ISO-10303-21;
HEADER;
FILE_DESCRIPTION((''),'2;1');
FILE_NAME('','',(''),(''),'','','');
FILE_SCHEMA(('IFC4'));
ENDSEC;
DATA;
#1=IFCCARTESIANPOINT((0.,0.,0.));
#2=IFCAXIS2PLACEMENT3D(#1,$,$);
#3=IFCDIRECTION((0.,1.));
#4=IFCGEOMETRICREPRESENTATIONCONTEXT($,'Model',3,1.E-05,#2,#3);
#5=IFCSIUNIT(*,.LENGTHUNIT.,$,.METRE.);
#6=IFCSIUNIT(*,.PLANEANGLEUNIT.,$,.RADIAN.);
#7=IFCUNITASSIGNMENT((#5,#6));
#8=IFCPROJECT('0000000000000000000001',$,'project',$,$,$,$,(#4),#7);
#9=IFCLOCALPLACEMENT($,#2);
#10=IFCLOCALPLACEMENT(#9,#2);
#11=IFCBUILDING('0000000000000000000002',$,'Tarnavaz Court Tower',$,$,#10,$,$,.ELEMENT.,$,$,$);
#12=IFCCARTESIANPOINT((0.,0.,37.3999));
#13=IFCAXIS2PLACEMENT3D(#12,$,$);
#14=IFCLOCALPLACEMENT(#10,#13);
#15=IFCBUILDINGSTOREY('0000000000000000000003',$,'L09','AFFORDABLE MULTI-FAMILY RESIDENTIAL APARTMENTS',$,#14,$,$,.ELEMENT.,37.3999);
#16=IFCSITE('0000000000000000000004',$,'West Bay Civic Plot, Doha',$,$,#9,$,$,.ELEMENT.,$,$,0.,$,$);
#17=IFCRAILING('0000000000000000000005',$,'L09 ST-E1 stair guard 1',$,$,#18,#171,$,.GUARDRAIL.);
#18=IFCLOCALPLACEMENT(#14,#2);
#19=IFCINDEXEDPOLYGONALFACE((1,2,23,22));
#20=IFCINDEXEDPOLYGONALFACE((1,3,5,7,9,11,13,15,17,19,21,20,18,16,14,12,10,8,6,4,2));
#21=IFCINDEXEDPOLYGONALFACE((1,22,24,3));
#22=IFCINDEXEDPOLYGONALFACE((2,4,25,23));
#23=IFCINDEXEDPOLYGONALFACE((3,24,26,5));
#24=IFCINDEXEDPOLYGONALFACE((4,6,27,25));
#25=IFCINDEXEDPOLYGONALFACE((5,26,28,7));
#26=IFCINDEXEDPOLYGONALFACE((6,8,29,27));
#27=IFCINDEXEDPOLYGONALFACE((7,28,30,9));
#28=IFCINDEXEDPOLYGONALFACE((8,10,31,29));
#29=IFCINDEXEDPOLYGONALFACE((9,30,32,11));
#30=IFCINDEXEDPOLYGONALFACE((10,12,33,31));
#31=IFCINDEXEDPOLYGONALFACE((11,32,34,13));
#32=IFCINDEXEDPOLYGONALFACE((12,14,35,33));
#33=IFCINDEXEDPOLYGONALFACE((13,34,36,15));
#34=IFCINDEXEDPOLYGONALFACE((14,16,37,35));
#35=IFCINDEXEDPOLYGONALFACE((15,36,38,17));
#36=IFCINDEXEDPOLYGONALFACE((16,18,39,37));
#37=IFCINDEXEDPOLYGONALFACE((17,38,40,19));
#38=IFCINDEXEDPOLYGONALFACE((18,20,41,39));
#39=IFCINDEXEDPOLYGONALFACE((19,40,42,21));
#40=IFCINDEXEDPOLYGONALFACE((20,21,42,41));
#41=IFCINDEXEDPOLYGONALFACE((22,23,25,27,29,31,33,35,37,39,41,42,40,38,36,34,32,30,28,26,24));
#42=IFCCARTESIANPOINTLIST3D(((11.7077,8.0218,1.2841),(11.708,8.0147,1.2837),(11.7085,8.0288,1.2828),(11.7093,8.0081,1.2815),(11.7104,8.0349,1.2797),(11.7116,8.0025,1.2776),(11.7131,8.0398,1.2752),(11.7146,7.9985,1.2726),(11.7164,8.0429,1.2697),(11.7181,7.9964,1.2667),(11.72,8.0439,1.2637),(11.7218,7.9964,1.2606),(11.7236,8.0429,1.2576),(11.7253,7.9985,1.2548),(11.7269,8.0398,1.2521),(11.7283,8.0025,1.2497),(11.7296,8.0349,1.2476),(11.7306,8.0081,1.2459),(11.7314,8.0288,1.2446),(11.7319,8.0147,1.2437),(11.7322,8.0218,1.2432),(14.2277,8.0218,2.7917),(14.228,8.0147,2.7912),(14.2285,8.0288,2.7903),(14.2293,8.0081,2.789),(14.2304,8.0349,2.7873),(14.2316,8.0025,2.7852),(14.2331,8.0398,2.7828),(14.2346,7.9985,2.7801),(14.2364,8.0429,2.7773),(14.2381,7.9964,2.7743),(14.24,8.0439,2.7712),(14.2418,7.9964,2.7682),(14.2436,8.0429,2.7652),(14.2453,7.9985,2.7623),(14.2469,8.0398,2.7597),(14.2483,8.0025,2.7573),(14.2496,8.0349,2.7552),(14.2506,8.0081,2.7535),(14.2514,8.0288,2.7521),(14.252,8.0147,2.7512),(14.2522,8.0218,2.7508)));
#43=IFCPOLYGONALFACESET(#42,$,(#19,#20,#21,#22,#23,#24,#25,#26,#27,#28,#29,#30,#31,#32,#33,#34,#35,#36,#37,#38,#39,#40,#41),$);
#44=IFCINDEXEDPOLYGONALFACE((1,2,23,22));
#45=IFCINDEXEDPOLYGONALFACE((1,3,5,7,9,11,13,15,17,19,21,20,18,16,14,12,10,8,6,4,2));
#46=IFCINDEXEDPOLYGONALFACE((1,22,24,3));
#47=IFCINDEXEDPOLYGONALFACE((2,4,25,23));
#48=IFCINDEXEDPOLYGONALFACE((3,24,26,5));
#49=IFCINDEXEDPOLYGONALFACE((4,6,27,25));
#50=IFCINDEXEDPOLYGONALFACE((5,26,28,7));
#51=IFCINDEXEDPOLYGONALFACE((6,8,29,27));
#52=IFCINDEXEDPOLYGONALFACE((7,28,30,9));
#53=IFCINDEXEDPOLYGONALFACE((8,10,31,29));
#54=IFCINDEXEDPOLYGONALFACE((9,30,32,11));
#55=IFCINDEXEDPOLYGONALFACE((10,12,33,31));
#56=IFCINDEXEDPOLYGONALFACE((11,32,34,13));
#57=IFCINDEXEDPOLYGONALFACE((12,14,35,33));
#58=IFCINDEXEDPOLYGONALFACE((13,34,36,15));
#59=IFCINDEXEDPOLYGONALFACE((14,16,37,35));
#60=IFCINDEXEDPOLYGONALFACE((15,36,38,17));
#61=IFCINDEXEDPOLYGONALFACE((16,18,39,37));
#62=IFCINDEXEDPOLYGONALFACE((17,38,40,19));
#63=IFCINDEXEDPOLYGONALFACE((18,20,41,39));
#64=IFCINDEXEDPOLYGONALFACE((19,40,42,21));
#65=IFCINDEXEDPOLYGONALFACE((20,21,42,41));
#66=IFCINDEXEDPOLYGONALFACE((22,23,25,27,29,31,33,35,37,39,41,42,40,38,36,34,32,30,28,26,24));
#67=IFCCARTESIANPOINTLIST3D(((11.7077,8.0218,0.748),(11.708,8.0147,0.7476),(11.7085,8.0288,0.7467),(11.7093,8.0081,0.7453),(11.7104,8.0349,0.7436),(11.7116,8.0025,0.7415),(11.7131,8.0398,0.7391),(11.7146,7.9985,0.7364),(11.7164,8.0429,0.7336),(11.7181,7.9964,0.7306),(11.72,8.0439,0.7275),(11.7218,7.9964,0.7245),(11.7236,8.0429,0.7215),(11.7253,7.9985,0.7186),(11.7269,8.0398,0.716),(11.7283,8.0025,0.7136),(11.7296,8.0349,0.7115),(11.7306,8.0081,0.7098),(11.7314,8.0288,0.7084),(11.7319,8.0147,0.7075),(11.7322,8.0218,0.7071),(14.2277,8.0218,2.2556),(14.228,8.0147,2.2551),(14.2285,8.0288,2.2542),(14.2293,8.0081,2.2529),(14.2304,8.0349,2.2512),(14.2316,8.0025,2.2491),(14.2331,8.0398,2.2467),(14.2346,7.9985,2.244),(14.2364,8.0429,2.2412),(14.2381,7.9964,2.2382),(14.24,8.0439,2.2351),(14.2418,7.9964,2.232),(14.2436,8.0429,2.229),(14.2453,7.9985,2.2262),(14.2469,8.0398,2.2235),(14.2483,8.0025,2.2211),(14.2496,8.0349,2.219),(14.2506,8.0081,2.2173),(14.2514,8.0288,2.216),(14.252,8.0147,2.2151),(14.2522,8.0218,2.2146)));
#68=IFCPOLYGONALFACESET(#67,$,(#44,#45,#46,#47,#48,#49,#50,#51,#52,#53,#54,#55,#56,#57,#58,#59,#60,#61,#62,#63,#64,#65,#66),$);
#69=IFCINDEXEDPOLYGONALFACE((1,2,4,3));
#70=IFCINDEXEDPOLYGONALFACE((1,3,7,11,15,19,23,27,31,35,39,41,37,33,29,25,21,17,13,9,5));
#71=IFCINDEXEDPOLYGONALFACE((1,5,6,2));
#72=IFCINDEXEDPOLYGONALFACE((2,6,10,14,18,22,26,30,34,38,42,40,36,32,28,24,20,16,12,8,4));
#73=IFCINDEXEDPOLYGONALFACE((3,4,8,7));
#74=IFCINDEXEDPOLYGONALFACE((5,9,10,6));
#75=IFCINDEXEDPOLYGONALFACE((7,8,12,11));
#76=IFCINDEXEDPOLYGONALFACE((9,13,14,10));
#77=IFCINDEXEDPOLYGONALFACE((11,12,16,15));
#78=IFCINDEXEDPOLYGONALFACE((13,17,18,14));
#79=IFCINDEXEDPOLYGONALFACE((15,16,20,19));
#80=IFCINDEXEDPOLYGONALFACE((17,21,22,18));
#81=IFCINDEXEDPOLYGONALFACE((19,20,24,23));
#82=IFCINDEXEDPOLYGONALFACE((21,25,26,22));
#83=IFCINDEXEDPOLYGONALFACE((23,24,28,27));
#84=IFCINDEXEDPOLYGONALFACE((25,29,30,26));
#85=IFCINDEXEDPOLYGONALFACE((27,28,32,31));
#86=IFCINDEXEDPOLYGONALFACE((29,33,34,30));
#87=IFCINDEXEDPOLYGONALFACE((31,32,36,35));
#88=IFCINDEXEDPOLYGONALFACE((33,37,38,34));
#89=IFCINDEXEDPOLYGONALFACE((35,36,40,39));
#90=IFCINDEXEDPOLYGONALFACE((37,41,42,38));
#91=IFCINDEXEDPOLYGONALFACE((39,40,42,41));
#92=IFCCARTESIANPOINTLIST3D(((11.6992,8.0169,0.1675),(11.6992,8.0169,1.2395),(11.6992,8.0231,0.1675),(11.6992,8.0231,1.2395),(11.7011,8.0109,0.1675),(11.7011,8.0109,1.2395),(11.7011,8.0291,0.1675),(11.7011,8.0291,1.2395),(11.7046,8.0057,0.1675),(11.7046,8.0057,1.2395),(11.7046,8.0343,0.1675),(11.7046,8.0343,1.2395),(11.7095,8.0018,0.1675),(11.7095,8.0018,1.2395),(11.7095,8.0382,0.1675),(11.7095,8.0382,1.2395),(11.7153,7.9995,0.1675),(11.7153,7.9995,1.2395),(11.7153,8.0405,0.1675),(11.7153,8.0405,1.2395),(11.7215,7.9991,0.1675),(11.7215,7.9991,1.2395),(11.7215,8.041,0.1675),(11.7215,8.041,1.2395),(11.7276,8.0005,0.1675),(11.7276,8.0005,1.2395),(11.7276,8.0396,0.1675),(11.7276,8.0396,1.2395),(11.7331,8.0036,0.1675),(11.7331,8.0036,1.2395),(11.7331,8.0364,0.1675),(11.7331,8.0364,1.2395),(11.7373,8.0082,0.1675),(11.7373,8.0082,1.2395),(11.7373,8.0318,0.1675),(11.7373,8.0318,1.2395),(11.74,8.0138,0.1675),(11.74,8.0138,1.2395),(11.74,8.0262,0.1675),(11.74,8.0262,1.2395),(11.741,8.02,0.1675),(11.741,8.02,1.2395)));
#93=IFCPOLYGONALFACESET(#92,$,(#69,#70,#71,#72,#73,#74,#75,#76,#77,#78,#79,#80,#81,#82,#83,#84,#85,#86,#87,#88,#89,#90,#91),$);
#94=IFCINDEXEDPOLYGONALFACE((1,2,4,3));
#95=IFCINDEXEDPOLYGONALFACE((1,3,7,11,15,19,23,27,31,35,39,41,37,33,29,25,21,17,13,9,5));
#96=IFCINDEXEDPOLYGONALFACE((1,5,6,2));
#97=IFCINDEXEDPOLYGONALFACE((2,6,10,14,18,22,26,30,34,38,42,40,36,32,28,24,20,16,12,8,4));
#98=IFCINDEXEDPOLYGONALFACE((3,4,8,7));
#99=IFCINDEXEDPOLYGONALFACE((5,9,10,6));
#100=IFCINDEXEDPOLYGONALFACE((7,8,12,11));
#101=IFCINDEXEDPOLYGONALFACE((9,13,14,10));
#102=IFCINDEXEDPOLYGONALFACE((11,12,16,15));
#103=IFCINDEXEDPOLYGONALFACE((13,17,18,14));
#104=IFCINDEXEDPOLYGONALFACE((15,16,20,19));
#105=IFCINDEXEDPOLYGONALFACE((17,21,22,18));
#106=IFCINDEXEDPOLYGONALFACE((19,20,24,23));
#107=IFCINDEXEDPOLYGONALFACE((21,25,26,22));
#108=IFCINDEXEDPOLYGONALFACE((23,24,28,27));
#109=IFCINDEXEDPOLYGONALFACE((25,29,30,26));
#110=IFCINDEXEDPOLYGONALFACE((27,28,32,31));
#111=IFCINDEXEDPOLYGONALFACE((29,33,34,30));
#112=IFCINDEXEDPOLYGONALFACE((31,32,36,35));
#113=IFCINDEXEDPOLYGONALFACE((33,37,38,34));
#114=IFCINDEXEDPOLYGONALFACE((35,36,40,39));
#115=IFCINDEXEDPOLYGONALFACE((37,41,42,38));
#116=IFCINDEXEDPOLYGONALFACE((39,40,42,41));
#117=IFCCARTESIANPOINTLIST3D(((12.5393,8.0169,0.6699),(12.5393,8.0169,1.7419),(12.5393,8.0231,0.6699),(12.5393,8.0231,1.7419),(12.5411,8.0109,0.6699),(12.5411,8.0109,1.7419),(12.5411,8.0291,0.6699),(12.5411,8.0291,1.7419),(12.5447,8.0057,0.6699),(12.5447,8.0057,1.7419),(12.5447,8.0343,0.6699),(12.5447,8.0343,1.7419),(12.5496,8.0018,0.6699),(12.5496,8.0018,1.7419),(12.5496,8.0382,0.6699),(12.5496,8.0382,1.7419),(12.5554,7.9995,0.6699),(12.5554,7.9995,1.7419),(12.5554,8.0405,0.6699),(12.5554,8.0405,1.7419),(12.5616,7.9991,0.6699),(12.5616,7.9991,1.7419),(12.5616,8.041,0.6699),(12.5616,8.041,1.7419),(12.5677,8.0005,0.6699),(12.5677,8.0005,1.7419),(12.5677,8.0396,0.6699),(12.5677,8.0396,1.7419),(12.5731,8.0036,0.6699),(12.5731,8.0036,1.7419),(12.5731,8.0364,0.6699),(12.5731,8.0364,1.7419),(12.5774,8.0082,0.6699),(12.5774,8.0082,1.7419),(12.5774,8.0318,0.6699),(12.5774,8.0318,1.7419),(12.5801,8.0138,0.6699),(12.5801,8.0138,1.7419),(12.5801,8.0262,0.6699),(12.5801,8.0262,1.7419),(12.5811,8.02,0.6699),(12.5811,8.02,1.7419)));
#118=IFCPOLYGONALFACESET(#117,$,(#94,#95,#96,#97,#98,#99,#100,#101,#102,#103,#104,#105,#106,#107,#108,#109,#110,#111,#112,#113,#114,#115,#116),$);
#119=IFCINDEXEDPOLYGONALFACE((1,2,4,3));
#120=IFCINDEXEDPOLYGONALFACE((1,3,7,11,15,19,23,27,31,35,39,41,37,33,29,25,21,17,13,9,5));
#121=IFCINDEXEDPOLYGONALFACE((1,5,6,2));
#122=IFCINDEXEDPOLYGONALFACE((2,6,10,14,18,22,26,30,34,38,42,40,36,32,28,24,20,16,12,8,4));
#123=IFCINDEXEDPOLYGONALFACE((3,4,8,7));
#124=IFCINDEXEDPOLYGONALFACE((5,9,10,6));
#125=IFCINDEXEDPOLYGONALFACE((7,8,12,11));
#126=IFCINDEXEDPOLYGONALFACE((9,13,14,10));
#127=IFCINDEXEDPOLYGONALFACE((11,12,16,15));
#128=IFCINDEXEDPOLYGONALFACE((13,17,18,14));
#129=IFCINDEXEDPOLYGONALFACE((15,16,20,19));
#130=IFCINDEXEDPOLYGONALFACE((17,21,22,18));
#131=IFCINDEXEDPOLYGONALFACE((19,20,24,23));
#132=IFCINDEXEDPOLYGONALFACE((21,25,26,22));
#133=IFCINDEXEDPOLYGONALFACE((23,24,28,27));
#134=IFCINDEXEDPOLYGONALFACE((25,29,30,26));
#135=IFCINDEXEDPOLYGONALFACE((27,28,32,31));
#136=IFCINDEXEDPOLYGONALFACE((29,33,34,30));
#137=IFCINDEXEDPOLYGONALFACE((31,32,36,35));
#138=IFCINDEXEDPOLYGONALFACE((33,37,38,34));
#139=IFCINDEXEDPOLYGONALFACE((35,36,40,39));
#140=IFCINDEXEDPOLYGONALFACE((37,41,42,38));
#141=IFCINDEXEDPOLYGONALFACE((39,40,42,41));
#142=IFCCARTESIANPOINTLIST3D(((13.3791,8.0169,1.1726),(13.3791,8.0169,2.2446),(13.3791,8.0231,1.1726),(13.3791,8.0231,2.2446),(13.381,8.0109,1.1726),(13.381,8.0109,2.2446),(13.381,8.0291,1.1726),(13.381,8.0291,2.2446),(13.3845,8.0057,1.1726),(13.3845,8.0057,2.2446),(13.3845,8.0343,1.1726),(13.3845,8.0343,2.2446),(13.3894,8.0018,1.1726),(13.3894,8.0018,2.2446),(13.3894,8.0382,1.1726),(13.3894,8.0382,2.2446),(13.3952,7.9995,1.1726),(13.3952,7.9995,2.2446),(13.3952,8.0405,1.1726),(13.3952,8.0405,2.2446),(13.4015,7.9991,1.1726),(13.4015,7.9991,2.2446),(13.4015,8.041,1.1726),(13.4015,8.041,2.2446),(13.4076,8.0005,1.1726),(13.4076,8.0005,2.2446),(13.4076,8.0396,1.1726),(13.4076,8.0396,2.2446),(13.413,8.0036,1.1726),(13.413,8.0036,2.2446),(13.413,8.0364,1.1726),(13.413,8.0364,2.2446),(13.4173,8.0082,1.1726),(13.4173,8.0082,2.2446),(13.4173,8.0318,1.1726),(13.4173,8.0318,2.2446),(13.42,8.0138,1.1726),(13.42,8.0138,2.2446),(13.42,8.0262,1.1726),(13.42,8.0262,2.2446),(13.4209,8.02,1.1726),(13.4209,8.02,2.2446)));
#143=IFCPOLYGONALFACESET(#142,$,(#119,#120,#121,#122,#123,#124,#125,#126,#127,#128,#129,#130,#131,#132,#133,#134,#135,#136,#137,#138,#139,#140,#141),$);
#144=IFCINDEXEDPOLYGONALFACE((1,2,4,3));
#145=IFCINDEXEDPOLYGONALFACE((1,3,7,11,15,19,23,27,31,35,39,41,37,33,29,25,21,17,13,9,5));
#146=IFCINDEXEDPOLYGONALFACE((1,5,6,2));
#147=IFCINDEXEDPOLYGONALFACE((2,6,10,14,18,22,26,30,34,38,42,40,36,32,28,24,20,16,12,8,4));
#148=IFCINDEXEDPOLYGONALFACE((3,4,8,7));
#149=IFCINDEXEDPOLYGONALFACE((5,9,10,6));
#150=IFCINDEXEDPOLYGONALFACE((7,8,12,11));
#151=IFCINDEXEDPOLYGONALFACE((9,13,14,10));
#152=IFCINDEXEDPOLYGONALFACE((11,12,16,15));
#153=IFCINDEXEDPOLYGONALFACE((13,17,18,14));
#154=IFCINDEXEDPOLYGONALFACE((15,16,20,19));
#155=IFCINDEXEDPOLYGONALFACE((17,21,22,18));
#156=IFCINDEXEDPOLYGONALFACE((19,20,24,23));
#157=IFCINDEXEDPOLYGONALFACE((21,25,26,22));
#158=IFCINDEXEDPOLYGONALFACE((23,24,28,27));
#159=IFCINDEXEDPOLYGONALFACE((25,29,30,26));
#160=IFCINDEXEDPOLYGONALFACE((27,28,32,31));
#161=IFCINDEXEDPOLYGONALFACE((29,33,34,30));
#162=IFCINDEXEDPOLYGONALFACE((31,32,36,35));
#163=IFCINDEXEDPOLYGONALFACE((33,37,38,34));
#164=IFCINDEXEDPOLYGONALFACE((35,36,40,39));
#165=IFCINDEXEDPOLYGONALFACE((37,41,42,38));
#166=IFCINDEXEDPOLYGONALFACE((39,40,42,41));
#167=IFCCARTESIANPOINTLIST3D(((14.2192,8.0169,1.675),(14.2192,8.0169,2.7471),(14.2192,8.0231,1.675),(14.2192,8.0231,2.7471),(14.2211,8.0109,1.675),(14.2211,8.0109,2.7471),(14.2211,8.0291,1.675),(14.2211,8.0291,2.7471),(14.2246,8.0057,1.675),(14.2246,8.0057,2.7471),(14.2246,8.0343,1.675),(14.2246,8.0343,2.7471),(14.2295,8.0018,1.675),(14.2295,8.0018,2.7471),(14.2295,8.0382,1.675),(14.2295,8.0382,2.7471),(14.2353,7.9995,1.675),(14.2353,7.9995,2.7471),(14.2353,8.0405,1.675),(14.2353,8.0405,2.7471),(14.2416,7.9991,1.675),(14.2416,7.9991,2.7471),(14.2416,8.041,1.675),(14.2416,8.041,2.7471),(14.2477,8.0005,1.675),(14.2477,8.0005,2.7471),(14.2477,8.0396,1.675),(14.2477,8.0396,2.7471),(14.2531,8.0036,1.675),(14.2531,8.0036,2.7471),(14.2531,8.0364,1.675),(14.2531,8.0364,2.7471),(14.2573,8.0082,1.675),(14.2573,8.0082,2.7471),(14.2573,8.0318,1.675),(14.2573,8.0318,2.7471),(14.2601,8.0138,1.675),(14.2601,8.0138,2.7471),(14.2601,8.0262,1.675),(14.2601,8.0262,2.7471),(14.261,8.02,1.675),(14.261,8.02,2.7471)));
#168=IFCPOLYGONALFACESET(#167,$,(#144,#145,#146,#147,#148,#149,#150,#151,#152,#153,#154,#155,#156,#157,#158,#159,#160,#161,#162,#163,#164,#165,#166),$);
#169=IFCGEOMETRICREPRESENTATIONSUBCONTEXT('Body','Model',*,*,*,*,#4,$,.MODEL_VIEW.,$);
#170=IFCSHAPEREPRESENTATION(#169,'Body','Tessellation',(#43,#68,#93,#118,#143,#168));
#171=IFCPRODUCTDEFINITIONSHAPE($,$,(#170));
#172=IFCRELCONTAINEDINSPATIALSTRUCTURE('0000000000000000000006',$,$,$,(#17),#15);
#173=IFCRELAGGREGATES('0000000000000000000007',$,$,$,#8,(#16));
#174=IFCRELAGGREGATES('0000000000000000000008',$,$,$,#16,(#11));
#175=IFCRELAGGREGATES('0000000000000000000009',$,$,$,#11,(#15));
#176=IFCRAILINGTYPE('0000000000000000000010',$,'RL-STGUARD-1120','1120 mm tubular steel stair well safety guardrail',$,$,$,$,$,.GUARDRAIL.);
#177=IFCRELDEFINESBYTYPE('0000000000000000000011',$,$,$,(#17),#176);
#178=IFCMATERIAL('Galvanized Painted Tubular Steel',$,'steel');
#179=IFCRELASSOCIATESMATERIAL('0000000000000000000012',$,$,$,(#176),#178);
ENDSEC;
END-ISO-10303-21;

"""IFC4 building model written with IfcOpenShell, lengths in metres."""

from ifc_helpers import new_model, si_unit, direction, frame, origin, origin_2d, place, context, subcontext, project, spatial, circle, extrude, material, type_object, element, save


model = new_model("IFC4")

# Units and contexts
model_context = context("Model", 3, precision=1e-05, world=origin(), true_north=direction((0.0, 1.0)))
body_context = subcontext(model_context, "Body", "Model", "MODEL_VIEW")
ifc_project = project(units=[si_unit("LENGTHUNIT", "METRE"), si_unit("PLANEANGLEUNIT", "RADIAN")], contexts=[model_context])

# Site, building, storey
site_placement = place(None, origin())
site = spatial("IfcSite", under=ifc_project, at=site_placement, Name="West Bay Civic Plot, Doha", CompositionType="ELEMENT", RefElevation=0.0)
building_placement = place(site_placement, origin())
building = spatial("IfcBuilding", under=site, at=building_placement, Name="Tarnavaz Court Tower", CompositionType="ELEMENT")
storey_placement = place(building_placement, frame((0.0, 0.0, 37.3999)))
storey = spatial("IfcBuildingStorey", under=building, at=storey_placement, Name="L09", Description="AFFORDABLE MULTI-FAMILY RESIDENTIAL APARTMENTS", CompositionType="ELEMENT", Elevation=37.3999)

# Railing
ifc_material_1 = material(Name="Galvanized Painted Tubular Steel", Category="steel")
railing_type_1 = type_object("IfcRailingType", Name="RL-STGUARD-1120", Description="1120 mm tubular steel stair well safety guardrail", PredefinedType="GUARDRAIL", material=ifc_material_1)
railing_1_placement = place(storey_placement, frame((11.72, 8.02, 0.1675)))
element("IfcRailing", 1, at=railing_1_placement, inside=storey, type_object=railing_type_1, Name="L09 ST-E1 stair guard 1", PredefinedType="GUARDRAIL", context=body_context, shape_type="SweptSolid", body=[
    extrude(circle(Radius=0.0239, at=origin_2d()), frame((0.0, 0.0, 1.0962), z_axis=(0.85816, 0.0, 0.513383), x_axis=(0.0, 1.0, 0.0)), (0.0, 0.0, 1.0), 2.9365),
    extrude(circle(Radius=0.0239, at=origin_2d()), frame((0.0, 0.0, 0.5601), z_axis=(0.85816, 0.0, 0.513383), x_axis=(0.0, 1.0, 0.0)), (0.0, 0.0, 1.0), 2.9365),
    extrude(circle(Radius=0.021, at=origin_2d()), origin(), (0.0, 0.0, 1.0), 1.072),
    extrude(circle(Radius=0.021, at=origin_2d()), frame((0.8401, 0.0, 0.5024)), (0.0, 0.0, 1.0), 1.072),
    extrude(circle(Radius=0.021, at=origin_2d()), frame((1.6799, 0.0, 1.0051)), (0.0, 0.0, 1.0), 1.072),
    extrude(circle(Radius=0.021, at=origin_2d()), frame((2.52, 0.0, 1.5076)), (0.0, 0.0, 1.0), 1.072),
])

save(model, "model.ifc")
